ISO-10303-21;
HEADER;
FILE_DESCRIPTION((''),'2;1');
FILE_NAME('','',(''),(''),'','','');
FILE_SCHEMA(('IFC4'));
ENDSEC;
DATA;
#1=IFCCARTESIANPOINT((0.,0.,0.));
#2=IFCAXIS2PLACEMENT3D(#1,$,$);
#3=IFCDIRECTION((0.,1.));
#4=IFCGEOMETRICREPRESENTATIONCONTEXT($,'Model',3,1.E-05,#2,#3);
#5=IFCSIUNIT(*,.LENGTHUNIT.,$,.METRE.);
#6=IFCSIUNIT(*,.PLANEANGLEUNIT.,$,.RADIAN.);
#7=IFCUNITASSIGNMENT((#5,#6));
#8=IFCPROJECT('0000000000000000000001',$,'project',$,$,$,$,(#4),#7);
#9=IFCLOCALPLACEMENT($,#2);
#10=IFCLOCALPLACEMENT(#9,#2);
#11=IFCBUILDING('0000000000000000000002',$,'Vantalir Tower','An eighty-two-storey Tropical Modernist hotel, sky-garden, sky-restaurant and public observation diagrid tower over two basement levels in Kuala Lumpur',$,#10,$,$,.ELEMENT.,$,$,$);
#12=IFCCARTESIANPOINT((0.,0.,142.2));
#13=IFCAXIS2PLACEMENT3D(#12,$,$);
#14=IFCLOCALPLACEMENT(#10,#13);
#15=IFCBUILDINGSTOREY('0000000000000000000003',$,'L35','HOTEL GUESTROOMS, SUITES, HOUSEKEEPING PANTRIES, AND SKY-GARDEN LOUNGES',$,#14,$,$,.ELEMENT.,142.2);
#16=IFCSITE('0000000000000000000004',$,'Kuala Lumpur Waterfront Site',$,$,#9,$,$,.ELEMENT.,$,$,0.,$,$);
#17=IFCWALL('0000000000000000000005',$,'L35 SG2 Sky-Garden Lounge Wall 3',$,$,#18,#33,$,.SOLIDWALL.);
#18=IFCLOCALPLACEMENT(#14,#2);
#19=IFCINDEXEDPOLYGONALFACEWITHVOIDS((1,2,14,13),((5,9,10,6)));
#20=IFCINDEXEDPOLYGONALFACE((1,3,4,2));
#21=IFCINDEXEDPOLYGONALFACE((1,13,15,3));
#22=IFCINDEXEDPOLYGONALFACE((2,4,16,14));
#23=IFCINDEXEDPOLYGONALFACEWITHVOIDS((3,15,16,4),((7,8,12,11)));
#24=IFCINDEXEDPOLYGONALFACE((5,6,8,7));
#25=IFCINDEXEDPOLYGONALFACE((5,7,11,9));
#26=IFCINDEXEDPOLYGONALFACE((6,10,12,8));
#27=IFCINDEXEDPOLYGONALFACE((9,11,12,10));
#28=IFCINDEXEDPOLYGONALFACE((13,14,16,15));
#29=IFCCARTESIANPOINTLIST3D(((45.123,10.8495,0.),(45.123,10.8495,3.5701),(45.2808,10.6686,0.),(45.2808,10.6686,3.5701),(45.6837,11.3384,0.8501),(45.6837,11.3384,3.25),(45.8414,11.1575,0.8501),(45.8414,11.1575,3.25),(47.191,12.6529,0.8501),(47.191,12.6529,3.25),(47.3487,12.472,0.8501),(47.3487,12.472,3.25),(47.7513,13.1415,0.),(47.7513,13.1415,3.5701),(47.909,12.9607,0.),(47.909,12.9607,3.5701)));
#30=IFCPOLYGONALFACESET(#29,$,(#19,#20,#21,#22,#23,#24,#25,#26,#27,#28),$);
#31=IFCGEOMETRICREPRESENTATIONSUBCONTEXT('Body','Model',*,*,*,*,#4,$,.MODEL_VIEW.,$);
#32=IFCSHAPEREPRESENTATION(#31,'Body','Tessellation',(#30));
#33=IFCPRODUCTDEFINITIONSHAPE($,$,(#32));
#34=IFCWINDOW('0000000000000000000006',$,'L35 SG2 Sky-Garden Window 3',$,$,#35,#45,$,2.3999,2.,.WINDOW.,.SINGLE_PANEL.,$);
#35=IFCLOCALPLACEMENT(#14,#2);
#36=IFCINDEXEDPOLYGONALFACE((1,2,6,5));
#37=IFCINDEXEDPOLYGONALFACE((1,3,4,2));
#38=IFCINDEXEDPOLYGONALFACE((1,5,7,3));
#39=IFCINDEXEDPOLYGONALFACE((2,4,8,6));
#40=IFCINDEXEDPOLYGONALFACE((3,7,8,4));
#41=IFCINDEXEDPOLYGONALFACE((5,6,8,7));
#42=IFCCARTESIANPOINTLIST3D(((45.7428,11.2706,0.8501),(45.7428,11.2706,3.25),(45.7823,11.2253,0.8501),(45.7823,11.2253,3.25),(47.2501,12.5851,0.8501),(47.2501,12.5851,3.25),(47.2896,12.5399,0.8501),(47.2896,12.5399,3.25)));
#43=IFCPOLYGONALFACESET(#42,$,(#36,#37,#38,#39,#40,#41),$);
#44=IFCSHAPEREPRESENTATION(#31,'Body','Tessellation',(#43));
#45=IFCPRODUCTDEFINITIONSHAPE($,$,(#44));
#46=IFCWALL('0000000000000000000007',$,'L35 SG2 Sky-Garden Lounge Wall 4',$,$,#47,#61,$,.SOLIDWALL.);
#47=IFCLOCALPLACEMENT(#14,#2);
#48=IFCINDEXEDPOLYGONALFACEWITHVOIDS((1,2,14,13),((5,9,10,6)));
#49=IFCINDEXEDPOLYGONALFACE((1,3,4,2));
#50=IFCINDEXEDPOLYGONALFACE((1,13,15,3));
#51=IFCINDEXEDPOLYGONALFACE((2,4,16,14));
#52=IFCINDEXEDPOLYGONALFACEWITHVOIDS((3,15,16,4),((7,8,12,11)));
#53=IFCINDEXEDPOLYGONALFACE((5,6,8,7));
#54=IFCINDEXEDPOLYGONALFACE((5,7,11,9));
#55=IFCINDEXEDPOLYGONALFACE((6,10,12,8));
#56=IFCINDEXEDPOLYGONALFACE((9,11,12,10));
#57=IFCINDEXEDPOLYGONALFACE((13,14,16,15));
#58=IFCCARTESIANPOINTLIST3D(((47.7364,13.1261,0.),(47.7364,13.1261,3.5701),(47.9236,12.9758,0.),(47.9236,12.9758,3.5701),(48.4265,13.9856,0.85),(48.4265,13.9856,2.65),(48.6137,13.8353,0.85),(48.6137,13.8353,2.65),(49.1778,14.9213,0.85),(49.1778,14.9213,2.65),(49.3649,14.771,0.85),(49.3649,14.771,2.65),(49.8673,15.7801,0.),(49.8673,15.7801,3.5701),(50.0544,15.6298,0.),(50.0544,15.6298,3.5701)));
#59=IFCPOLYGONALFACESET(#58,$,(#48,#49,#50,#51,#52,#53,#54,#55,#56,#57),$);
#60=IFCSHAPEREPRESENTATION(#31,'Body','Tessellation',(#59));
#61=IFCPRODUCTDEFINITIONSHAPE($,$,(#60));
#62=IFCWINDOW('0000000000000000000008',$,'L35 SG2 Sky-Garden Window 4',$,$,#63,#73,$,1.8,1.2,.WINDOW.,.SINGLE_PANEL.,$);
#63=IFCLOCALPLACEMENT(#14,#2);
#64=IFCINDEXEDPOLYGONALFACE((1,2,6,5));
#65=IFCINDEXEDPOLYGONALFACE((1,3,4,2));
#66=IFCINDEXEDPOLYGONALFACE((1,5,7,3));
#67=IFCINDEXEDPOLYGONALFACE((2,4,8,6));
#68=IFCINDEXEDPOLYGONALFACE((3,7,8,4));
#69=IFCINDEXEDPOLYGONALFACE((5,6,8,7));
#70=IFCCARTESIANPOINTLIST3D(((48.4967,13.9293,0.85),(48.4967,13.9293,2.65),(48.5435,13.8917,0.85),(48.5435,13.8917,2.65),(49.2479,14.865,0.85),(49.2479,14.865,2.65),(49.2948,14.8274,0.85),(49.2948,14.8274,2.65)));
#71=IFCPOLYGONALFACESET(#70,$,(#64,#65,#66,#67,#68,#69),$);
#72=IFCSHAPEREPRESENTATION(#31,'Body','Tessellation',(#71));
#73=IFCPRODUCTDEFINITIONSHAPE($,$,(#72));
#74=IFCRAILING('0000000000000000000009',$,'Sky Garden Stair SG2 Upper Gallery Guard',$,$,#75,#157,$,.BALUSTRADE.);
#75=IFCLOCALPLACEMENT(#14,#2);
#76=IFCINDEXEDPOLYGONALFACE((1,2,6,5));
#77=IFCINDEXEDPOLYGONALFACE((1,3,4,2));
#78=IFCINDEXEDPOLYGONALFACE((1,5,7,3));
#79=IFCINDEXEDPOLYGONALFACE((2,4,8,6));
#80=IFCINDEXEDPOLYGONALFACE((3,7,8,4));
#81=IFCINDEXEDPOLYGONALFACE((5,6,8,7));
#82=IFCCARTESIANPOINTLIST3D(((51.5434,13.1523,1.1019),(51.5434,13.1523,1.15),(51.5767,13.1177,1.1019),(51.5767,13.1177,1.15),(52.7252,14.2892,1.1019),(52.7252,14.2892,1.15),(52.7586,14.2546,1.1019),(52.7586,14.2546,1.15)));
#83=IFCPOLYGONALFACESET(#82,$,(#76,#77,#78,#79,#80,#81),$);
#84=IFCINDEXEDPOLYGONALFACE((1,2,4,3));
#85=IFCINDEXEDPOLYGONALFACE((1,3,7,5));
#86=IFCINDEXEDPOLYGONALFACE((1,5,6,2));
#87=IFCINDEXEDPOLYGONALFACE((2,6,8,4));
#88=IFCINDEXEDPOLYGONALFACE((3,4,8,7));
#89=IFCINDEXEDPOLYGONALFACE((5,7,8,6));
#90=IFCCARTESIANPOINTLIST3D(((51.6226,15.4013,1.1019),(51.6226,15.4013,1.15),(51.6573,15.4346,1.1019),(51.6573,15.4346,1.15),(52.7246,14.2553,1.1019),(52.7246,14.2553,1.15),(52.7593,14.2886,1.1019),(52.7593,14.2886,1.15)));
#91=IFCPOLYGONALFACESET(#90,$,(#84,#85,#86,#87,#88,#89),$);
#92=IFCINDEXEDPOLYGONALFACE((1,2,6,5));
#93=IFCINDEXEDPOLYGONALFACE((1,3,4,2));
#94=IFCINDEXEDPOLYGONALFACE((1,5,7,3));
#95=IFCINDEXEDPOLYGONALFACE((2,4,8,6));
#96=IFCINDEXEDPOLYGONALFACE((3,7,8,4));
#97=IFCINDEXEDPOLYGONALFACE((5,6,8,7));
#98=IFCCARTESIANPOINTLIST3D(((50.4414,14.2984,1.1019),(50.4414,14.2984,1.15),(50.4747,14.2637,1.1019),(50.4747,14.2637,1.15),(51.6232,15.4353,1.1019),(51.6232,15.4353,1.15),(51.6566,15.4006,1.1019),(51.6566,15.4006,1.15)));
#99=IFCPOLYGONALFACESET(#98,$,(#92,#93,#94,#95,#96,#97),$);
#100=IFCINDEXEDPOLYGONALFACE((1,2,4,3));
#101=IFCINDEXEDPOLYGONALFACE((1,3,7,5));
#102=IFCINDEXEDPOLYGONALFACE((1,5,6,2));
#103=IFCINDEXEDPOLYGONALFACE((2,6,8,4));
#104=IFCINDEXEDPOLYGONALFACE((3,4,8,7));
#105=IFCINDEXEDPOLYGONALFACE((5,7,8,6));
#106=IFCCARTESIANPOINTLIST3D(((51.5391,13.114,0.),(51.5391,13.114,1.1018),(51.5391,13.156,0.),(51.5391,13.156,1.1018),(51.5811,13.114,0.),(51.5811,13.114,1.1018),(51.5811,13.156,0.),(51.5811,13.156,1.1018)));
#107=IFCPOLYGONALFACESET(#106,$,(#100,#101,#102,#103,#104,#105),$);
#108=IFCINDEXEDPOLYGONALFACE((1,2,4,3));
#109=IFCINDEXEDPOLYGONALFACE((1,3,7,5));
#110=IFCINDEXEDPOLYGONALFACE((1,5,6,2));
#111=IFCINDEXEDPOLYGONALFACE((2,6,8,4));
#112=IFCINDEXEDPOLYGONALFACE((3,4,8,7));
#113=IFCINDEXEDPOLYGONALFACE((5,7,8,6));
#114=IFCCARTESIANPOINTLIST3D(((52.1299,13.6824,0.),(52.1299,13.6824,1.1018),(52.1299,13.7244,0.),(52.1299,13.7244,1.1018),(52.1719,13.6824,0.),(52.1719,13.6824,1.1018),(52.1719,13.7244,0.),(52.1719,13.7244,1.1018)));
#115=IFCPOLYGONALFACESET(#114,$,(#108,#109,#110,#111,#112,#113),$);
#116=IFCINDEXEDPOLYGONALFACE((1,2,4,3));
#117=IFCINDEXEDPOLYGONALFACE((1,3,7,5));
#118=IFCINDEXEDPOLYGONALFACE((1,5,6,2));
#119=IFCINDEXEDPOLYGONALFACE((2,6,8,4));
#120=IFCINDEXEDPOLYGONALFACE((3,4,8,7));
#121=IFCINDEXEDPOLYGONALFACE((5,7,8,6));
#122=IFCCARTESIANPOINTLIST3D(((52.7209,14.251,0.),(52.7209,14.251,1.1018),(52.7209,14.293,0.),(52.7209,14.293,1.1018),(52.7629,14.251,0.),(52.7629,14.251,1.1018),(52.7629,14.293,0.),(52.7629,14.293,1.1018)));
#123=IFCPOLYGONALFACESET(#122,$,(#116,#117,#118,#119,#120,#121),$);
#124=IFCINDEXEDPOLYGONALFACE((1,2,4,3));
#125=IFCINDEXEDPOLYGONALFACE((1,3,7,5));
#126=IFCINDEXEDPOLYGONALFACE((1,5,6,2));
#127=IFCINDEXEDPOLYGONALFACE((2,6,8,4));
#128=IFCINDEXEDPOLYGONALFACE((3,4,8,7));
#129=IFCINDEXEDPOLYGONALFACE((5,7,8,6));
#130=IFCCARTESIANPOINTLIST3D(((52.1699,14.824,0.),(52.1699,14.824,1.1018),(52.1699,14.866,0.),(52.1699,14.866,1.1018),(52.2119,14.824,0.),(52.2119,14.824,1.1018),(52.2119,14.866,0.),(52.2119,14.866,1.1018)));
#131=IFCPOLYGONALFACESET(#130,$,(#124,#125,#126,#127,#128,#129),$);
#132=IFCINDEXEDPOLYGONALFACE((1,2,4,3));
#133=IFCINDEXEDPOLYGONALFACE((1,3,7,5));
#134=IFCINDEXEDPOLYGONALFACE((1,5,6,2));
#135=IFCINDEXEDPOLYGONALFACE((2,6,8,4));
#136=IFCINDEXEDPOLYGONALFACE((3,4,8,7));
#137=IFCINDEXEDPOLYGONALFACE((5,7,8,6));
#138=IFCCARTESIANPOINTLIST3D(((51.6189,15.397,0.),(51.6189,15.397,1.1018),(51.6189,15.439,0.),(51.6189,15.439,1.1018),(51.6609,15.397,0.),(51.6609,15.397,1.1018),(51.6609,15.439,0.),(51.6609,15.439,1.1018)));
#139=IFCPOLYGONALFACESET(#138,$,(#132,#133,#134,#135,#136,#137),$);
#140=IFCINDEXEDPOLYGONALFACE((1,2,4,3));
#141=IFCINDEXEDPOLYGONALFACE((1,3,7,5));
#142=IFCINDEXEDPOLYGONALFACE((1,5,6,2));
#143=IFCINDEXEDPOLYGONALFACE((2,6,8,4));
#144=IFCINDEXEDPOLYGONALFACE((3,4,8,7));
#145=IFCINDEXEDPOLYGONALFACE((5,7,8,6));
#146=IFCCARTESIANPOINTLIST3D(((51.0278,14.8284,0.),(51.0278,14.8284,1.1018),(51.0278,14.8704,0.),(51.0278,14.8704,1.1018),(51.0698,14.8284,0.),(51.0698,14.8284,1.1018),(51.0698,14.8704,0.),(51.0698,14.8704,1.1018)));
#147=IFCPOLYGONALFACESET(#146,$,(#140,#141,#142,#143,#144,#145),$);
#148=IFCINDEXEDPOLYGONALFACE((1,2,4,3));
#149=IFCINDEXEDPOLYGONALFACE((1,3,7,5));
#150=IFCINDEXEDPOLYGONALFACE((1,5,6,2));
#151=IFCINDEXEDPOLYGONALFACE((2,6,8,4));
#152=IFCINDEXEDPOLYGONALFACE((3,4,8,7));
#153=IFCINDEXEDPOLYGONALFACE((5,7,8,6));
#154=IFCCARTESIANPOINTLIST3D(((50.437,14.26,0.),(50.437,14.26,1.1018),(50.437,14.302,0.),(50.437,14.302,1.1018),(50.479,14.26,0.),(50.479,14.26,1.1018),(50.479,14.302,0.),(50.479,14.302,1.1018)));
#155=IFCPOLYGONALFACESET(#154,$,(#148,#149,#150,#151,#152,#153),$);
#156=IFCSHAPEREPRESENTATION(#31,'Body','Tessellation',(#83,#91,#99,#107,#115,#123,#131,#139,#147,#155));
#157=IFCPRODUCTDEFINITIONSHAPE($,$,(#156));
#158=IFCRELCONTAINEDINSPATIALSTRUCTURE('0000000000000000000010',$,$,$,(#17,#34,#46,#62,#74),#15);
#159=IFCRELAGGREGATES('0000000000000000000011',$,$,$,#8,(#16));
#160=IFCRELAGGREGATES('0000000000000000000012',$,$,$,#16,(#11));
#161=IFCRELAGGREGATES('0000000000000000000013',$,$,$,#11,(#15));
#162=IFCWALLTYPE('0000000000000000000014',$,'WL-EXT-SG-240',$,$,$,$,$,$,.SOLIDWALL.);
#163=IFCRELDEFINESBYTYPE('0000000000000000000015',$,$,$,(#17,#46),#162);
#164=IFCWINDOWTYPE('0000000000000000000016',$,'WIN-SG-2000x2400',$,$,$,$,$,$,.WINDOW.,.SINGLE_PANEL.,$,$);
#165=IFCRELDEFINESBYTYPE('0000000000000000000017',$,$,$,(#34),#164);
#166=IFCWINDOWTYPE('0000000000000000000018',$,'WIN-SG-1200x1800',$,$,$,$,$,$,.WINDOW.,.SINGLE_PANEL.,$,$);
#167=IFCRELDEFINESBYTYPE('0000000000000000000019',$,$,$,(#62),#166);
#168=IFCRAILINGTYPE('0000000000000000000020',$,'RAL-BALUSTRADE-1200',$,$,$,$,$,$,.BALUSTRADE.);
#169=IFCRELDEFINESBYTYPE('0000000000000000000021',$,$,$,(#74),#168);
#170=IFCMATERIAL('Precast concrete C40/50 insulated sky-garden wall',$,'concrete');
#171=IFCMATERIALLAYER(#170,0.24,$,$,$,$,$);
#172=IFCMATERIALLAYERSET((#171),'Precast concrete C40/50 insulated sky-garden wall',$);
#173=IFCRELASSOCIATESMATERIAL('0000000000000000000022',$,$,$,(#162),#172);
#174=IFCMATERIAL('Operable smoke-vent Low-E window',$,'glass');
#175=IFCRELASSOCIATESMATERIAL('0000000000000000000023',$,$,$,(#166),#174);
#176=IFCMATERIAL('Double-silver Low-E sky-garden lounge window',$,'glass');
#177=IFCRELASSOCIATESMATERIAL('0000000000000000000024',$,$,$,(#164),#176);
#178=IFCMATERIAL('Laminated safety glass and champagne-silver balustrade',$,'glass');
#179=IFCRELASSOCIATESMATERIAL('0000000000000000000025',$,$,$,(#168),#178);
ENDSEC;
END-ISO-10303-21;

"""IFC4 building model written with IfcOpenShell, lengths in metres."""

from ifc_helpers import new_model, si_unit, direction, frame, frame_2d, origin, origin_2d, place, context, subcontext, project, spatial, rectangle, extrude, material, layer, layer_set, type_object, element, fill, save


model = new_model("IFC4")

# Units and contexts
model_context = context("Model", 3, precision=1e-05, world=origin(), true_north=direction((0.0, 1.0)))
body_context = subcontext(model_context, "Body", "Model", "MODEL_VIEW")
ifc_project = project(units=[si_unit("LENGTHUNIT", "METRE"), si_unit("PLANEANGLEUNIT", "RADIAN")], contexts=[model_context])

# Site, building, storey
site_placement = place(None, origin())
site = spatial("IfcSite", under=ifc_project, at=site_placement, Name="Kuala Lumpur Waterfront Site", CompositionType="ELEMENT", RefElevation=0.0)
building_placement = place(site_placement, origin())
building = spatial("IfcBuilding", under=site, at=building_placement, Name="Vantalir Tower", Description="An eighty-two-storey Tropical Modernist hotel, sky-garden, sky-restaurant and public observation diagrid tower over two basement levels in Kuala Lumpur", CompositionType="ELEMENT")
storey_placement = place(building_placement, frame((0.0, 0.0, 142.2)))
storey = spatial("IfcBuildingStorey", under=building, at=storey_placement, Name="L35", Description="HOTEL GUESTROOMS, SUITES, HOUSEKEEPING PANTRIES, AND SKY-GARDEN LOUNGES", CompositionType="ELEMENT", Elevation=142.2)

# Walls, openings, windows
ifc_material_1 = material(Name="Precast concrete C40/50 insulated sky-garden wall", Category="concrete")
ifc_layer_1 = layer(ifc_material_1, 0.24)
ifc_layer_set_1 = layer_set([ifc_layer_1], Name="Precast concrete C40/50 insulated sky-garden wall")
wall_type_1 = type_object("IfcWallType", Name="WL-EXT-SG-240", PredefinedType="SOLIDWALL", material=ifc_layer_set_1)
ifc_material_2 = material(Name="Operable smoke-vent Low-E window", Category="glass")
window_type_1 = type_object("IfcWindowType", Name="WIN-SG-1200x1800", PartitioningType="SINGLE_PANEL", PredefinedType="WINDOW", material=ifc_material_2)
wall_1_placement = place(storey_placement, frame((45.2019, 10.759, 0.0), z_axis=(0.0, 0.0, 1.0), x_axis=(0.753664, 0.65726, 0.0)))
wall_1 = element("IfcWall", 1, at=wall_1_placement, inside=storey, type_object=wall_type_1, Name="L35 SG2 Sky-Garden Lounge Wall 3", PredefinedType="SOLIDWALL", context=body_context, shape_type="SweptSolid", body=[
    extrude(rectangle(XDim=3.4873, YDim=0.24, at=frame_2d((1.7437, 0.0))), origin(), (0.0, 0.0, 1.0), 3.5701),
])
opening_1_placement = place(wall_1_placement, frame((0.7439, 0.0, 0.8501)))
opening_1 = element("IfcOpeningElement", 2, at=opening_1_placement, cuts=wall_1, PredefinedType="OPENING", context=body_context, shape_type="SweptSolid", body=[
    extrude(rectangle(XDim=2.0, YDim=2.3999, at=frame_2d((1.0, 1.2))), frame((0.0, 0.1299, 0.0), z_axis=(0.0, -1.0, 0.0), x_axis=(1.0, 0.0, 0.0)), (0.0, 0.0, 1.0), 0.26),
])
ifc_material_3 = material(Name="Double-silver Low-E sky-garden lounge window", Category="glass")
window_type_2 = type_object("IfcWindowType", Name="WIN-SG-2000x2400", PartitioningType="SINGLE_PANEL", PredefinedType="WINDOW", material=ifc_material_3)
window_1_placement = place(opening_1_placement, origin())
window_1 = element("IfcWindow", 3, at=window_1_placement, inside=storey, type_object=window_type_2, Name="L35 SG2 Sky-Garden Window 3", OverallHeight=2.3999, OverallWidth=2.0, PartitioningType="SINGLE_PANEL", PredefinedType="WINDOW", context=body_context, shape_type="SweptSolid", body=[
    extrude(rectangle(XDim=2.0, YDim=2.3999, at=frame_2d((1.0, 1.2))), frame((0.0, 0.03, 0.0), z_axis=(0.0, -1.0, 0.0), x_axis=(1.0, 0.0, 0.0)), (0.0, 0.0, 1.0), 0.0601),
])
fill(opening_1, window_1)
wall_2_placement = place(storey_placement, frame((47.8301, 13.051, 0.0), z_axis=(0.0, 0.0, 1.0), x_axis=(0.626059, 0.779776, 0.0)))
wall_2 = element("IfcWall", 4, at=wall_2_placement, inside=storey, type_object=wall_type_1, Name="L35 SG2 Sky-Garden Lounge Wall 4", PredefinedType="SOLIDWALL", context=body_context, shape_type="SweptSolid", body=[
    extrude(rectangle(XDim=3.4036, YDim=0.24, at=frame_2d((1.7017, 0.0))), origin(), (0.0, 0.0, 1.0), 3.5701),
])
opening_2_placement = place(wall_2_placement, frame((1.1021, 0.0, 0.8501)))
opening_2 = element("IfcOpeningElement", 5, at=opening_2_placement, cuts=wall_2, PredefinedType="OPENING", context=body_context, shape_type="SweptSolid", body=[
    extrude(rectangle(XDim=1.2, YDim=1.8, at=frame_2d((0.6001, 0.8999))), frame((0.0, 0.1299, 0.0), z_axis=(0.0, -1.0, 0.0), x_axis=(1.0, 0.0, 0.0)), (0.0, 0.0, 1.0), 0.26),
])
window_2_placement = place(opening_2_placement, origin())
window_2 = element("IfcWindow", 6, at=window_2_placement, inside=storey, type_object=window_type_1, Name="L35 SG2 Sky-Garden Window 4", OverallHeight=1.8, OverallWidth=1.2, PartitioningType="SINGLE_PANEL", PredefinedType="WINDOW", context=body_context, shape_type="SweptSolid", body=[
    extrude(rectangle(XDim=1.2, YDim=1.8, at=frame_2d((0.6001, 0.8999))), frame((0.0, 0.03, 0.0), z_axis=(0.0, -1.0, 0.0), x_axis=(1.0, 0.0, 0.0)), (0.0, 0.0, 1.0), 0.0601),
])
fill(opening_2, window_2)

# Railing
ifc_material_4 = material(Name="Laminated safety glass and champagne-silver balustrade", Category="glass")
railing_type = type_object("IfcRailingType", Name="RAL-BALUSTRADE-1200", PredefinedType="BALUSTRADE", material=ifc_material_4)
railing_placement = place(storey_placement, frame((51.5601, 13.135, 0.0)))
element("IfcRailing", 7, at=railing_placement, inside=storey, type_object=railing_type, Name="Sky Garden Stair SG2 Upper Gallery Guard", PredefinedType="BALUSTRADE", context=body_context, shape_type="SweptSolid", body=[
    extrude(rectangle(XDim=0.0481, YDim=0.0481, at=origin_2d()), frame((0.0, 0.0, 1.126), z_axis=(0.72067, 0.693278, 0.0), x_axis=(-0.693278, 0.72067, 0.0)), (0.0, 0.0, 1.0), 1.6399),
    extrude(rectangle(XDim=0.0481, YDim=0.0481, at=origin_2d()), frame((1.1819, 1.137, 1.126), z_axis=(-0.693152, 0.720792, 0.0), x_axis=(-0.720792, -0.693152, 0.0)), (0.0, 0.0, 1.0), 1.5898),
    extrude(rectangle(XDim=0.0481, YDim=0.0481, at=origin_2d()), frame((0.0798, 2.283, 1.126), z_axis=(-0.72067, -0.693278, 0.0), x_axis=(0.693278, -0.72067, 0.0)), (0.0, 0.0, 1.0), 1.6399),
    extrude(rectangle(XDim=0.042, YDim=0.042, at=origin_2d()), origin(), (0.0, 0.0, 1.0), 1.1018),
    extrude(rectangle(XDim=0.042, YDim=0.042, at=origin_2d()), frame((0.5908, 0.5684, 0.0)), (0.0, 0.0, 1.0), 1.1018),
    extrude(rectangle(XDim=0.042, YDim=0.042, at=origin_2d()), frame((1.1819, 1.137, 0.0)), (0.0, 0.0, 1.0), 1.1018),
    extrude(rectangle(XDim=0.042, YDim=0.042, at=origin_2d()), frame((0.6309, 1.71, 0.0)), (0.0, 0.0, 1.0), 1.1018),
    extrude(rectangle(XDim=0.042, YDim=0.042, at=origin_2d()), frame((0.0798, 2.283, 0.0)), (0.0, 0.0, 1.0), 1.1018),
    extrude(rectangle(XDim=0.042, YDim=0.042, at=origin_2d()), frame((-0.5112, 1.7144, 0.0)), (0.0, 0.0, 1.0), 1.1018),
    extrude(rectangle(XDim=0.042, YDim=0.042, at=origin_2d()), frame((-1.1021, 1.146, 0.0)), (0.0, 0.0, 1.0), 1.1018),
])

save(model, "model.ifc")
